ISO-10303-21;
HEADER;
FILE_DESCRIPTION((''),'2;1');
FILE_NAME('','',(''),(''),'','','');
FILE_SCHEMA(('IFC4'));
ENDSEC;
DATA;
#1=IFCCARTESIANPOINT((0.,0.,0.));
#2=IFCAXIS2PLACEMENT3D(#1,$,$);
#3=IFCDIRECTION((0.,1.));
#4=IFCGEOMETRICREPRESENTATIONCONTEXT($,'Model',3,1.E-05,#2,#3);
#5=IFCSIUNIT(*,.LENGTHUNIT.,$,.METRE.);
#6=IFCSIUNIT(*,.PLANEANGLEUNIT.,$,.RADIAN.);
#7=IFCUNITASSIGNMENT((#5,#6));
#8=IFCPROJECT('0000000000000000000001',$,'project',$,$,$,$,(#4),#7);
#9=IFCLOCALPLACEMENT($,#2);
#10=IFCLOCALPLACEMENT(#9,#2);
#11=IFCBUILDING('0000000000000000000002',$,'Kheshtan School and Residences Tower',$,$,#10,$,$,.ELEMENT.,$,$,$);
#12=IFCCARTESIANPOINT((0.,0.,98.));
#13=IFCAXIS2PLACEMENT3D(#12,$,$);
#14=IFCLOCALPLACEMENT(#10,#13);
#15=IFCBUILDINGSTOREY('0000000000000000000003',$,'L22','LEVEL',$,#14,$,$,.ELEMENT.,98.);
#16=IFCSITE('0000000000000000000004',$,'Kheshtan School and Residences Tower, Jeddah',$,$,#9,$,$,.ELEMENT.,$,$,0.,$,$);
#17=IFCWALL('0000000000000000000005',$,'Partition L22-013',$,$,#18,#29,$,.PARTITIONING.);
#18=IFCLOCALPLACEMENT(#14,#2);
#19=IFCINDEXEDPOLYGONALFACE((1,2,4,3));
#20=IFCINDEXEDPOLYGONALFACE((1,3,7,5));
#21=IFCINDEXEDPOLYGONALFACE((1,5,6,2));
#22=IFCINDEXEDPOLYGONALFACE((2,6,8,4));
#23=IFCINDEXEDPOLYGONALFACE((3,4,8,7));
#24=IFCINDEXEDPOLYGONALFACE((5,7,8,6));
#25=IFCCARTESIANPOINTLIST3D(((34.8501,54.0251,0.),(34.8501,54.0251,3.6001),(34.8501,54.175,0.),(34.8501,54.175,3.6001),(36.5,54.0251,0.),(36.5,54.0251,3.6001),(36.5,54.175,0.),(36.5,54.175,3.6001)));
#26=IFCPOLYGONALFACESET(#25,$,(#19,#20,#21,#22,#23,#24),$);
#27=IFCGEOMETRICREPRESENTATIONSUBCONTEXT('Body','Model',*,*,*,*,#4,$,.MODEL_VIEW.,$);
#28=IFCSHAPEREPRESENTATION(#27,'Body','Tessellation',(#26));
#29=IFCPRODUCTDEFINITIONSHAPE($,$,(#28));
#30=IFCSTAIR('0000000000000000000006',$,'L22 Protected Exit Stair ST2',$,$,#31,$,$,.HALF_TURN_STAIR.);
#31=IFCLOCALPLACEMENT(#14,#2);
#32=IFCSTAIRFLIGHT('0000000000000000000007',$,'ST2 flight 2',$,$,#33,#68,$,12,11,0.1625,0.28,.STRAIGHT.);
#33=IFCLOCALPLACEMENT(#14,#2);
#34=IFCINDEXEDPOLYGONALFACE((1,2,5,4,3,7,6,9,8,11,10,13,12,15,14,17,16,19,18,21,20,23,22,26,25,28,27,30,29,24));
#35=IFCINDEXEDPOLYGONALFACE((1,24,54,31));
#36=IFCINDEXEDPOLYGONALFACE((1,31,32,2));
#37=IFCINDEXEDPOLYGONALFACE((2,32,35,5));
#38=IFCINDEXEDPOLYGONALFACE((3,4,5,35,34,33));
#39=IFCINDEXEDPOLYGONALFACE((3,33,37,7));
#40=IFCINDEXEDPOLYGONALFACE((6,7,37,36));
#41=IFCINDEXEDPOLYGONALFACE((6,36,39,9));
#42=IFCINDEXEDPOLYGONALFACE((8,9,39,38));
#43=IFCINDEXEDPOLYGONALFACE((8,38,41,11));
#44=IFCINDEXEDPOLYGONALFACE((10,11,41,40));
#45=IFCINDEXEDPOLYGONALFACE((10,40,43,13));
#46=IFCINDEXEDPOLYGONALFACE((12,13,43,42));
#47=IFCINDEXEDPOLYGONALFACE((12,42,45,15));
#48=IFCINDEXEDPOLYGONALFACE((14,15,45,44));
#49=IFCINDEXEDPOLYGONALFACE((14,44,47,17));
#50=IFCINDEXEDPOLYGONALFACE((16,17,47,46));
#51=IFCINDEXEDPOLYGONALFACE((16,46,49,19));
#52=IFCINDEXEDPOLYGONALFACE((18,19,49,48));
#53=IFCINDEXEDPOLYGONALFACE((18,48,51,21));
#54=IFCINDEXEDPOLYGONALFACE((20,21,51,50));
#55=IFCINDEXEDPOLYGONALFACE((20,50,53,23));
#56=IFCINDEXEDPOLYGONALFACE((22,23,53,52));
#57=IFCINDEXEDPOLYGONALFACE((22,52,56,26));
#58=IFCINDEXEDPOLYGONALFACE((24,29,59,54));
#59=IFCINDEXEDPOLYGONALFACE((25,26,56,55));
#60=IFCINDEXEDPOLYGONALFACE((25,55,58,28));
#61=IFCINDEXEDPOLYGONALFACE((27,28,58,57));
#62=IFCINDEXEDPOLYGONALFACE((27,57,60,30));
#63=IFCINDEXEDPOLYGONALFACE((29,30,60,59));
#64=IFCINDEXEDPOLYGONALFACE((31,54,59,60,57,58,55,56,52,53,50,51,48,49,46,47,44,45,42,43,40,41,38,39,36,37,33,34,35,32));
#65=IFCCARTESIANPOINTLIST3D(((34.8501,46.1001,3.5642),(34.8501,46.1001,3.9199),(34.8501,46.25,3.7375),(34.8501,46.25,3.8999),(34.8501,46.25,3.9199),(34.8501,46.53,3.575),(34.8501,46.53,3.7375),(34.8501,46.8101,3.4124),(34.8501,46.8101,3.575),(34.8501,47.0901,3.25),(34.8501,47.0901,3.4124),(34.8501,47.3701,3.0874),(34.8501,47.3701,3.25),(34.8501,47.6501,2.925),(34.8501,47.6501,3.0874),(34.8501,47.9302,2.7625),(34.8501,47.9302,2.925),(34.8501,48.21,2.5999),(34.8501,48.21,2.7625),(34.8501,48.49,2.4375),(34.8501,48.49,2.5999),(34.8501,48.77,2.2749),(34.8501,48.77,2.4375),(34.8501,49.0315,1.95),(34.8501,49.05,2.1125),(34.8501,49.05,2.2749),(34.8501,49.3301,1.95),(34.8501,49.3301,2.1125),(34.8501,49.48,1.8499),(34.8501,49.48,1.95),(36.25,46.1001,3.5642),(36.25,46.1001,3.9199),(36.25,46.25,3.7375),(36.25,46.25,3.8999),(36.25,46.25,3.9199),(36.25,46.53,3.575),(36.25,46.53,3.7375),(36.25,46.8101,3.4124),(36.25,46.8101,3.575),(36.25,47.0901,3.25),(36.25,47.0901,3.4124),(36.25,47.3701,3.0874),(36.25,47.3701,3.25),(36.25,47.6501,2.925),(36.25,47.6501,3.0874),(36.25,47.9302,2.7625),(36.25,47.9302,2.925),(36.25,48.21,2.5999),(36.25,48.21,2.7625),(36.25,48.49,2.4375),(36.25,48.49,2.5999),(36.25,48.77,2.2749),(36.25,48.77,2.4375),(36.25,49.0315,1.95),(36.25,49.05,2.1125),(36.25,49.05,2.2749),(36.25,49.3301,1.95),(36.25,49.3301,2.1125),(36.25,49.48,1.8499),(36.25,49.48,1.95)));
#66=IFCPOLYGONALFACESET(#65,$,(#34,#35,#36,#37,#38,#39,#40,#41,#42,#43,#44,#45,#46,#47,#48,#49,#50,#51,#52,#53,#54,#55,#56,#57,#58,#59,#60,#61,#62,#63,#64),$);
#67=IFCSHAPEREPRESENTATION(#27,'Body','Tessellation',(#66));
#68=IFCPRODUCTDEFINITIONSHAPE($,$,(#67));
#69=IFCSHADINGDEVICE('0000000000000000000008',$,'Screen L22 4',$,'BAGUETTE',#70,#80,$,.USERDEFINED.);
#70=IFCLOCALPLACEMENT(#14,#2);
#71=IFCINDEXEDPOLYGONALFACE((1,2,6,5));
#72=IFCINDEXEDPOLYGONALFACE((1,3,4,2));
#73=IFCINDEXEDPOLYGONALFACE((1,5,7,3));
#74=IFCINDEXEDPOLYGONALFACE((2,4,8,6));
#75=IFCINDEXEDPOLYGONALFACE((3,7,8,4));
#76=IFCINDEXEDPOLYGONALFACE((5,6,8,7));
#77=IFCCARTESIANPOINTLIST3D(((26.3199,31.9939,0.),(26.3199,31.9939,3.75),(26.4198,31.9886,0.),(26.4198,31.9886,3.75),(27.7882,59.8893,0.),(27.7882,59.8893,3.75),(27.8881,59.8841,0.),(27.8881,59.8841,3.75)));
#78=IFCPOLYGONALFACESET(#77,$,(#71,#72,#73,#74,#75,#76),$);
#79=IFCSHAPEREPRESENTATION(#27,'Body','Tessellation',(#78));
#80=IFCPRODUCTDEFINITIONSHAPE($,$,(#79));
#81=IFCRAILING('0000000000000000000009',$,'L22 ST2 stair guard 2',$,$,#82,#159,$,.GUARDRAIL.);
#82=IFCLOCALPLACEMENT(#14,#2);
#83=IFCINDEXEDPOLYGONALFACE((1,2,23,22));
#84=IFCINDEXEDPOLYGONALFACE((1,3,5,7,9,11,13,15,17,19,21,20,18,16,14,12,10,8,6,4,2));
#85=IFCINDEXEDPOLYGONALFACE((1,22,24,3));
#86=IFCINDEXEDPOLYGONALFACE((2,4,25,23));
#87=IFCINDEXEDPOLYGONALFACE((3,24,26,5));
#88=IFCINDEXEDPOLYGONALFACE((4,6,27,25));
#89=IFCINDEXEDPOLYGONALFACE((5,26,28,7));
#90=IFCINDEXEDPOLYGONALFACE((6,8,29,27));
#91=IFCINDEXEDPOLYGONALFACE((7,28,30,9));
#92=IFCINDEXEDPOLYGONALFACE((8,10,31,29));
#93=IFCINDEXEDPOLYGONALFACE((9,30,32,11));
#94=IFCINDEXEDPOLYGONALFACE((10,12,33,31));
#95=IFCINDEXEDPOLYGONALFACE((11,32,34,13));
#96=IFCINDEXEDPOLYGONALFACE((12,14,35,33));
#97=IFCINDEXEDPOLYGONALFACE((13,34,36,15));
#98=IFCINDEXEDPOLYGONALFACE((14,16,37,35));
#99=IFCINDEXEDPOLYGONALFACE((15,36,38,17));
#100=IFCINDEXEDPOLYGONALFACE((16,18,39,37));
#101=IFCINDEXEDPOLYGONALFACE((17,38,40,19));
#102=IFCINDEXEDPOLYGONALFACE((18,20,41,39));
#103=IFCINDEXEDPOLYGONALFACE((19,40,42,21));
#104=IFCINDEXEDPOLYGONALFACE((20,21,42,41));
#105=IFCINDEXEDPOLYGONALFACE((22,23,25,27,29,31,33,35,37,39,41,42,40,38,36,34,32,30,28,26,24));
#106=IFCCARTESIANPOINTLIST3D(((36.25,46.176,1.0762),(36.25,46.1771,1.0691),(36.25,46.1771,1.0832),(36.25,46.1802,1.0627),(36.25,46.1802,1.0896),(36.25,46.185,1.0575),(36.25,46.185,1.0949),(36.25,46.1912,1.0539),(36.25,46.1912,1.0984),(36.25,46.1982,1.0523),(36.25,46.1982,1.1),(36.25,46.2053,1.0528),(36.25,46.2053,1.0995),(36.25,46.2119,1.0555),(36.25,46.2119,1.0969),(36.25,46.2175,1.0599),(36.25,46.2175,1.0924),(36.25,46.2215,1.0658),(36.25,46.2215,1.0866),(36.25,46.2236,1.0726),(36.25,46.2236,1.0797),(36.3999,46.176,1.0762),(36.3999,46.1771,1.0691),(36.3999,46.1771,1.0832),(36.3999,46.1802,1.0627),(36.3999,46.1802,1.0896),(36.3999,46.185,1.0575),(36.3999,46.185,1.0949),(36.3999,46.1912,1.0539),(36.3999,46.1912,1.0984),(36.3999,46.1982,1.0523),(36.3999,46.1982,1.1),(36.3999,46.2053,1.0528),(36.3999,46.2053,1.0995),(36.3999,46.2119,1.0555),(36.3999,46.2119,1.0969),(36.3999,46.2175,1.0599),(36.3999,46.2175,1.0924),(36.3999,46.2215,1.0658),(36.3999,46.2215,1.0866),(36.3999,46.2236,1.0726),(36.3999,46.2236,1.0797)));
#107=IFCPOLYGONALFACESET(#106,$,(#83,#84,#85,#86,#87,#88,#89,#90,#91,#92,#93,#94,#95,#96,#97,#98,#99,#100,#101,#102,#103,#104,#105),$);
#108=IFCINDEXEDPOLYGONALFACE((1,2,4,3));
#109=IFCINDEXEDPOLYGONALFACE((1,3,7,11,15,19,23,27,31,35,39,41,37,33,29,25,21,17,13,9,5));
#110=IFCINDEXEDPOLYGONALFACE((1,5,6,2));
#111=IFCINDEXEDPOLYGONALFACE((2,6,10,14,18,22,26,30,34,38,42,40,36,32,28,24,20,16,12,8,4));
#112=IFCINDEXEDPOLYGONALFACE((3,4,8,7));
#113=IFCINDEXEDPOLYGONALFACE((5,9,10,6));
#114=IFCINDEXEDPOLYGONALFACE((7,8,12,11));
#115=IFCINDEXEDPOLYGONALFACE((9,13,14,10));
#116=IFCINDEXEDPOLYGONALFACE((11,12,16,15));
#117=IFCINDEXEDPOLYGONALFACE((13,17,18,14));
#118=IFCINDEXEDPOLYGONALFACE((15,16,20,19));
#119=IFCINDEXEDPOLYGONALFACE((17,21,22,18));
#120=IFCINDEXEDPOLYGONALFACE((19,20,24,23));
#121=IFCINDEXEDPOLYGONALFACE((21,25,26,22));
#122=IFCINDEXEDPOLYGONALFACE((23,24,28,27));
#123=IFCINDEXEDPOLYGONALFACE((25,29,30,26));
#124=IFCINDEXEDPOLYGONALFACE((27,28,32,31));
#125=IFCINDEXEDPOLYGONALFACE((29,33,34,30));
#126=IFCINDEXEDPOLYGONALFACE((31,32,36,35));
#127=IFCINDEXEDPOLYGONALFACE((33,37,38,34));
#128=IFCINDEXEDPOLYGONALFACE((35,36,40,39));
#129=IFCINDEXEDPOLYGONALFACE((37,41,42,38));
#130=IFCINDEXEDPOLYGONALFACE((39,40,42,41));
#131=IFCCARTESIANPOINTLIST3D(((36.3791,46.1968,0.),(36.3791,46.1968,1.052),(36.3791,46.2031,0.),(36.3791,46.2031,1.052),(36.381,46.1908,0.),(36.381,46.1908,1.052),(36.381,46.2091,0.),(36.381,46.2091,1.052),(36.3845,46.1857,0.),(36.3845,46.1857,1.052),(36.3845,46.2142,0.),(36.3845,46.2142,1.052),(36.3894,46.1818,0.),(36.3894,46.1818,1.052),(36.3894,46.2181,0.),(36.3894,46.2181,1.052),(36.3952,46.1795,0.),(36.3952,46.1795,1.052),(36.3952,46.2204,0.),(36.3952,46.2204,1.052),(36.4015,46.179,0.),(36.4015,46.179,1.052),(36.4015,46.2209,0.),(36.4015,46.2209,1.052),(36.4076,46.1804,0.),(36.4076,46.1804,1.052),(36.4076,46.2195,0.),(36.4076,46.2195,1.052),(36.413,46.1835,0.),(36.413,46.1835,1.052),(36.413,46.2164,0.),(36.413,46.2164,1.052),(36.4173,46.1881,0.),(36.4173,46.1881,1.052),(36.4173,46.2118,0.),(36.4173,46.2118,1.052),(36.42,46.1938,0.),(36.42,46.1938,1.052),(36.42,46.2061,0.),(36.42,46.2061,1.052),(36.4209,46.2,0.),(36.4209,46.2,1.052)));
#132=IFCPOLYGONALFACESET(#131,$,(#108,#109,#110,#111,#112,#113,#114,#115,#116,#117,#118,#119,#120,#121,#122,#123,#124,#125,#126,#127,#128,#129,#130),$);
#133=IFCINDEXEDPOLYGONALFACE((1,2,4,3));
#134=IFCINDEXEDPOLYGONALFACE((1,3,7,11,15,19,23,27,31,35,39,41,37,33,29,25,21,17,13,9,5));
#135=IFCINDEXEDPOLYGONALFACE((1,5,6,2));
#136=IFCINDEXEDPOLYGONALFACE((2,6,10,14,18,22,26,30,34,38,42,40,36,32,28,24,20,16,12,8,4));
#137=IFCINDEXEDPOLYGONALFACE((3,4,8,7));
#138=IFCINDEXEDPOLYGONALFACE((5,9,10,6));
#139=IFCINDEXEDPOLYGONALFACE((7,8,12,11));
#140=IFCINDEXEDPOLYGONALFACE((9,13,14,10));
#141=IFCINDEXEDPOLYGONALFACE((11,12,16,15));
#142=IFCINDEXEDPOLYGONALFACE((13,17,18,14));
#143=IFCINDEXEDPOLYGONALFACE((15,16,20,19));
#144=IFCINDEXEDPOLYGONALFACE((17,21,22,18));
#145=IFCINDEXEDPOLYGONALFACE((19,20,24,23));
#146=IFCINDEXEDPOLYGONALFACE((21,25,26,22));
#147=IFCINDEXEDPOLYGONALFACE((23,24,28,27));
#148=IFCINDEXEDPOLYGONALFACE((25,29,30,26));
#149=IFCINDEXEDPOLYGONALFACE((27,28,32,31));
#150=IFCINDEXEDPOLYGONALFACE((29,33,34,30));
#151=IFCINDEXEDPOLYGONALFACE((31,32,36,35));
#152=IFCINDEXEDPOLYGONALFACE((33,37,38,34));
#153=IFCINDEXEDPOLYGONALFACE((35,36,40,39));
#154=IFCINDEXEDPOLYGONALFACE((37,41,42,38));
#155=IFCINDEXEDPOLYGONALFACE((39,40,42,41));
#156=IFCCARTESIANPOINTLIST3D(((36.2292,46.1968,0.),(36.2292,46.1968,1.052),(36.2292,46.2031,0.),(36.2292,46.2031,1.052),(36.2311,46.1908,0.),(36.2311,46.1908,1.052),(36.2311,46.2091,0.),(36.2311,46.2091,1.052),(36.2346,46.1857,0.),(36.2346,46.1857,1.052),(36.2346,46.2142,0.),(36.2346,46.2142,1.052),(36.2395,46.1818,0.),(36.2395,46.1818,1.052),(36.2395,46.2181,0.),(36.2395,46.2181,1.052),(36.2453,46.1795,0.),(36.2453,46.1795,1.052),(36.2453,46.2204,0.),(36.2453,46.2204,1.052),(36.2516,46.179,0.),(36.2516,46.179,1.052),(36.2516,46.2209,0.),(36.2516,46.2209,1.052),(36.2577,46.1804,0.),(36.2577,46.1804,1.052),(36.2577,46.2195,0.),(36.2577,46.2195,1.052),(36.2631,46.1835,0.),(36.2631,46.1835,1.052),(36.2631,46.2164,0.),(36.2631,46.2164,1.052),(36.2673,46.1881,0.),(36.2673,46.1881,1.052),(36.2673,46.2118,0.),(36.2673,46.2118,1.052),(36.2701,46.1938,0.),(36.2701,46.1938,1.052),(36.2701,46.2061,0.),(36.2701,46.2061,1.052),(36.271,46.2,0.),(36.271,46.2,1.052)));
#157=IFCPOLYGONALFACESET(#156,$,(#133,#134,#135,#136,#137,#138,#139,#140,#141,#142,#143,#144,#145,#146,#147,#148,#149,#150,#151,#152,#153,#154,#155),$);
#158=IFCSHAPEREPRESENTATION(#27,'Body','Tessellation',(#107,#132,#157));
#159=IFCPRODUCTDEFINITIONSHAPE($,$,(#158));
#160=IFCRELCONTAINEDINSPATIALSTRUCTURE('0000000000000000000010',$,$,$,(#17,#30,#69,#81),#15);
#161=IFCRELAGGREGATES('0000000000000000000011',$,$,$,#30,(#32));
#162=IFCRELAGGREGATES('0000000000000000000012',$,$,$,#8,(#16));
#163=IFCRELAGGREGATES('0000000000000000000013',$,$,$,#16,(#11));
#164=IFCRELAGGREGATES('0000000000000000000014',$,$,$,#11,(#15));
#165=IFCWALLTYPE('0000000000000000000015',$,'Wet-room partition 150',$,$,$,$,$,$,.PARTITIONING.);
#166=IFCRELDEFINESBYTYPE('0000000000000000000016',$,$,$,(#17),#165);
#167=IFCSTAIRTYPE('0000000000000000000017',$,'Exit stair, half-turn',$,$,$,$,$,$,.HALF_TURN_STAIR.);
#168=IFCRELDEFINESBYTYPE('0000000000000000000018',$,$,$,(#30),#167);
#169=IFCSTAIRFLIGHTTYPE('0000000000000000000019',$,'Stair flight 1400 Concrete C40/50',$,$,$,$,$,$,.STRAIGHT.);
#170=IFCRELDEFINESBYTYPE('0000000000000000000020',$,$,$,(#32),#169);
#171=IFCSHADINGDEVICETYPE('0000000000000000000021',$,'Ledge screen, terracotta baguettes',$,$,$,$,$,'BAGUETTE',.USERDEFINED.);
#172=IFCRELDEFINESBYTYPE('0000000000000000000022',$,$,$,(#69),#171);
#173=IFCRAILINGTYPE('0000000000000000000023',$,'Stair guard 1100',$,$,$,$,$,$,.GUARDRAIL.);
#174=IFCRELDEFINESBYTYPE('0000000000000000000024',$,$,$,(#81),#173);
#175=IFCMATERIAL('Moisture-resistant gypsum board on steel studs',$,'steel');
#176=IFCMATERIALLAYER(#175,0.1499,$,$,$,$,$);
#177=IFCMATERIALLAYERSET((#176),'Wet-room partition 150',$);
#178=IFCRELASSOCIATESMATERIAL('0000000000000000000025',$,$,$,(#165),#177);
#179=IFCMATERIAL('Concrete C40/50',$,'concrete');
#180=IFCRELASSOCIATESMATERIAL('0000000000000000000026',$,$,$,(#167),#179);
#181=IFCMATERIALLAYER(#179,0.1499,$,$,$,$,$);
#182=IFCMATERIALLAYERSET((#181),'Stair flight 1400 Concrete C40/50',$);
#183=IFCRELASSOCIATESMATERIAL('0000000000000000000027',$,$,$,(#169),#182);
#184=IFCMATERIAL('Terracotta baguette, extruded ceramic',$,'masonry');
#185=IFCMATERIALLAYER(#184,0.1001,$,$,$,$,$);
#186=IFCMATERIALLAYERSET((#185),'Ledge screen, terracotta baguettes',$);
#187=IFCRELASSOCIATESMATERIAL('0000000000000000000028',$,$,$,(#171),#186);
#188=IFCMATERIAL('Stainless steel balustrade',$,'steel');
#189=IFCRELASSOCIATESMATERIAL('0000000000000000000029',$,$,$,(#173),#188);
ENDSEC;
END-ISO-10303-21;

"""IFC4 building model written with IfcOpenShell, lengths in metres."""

from ifc_helpers import new_model, si_unit, direction, frame, frame_2d, origin, origin_2d, place, context, subcontext, project, spatial, polyline, rectangle, circle, outline, extrude, material, layer, layer_set, type_object, element, aggregate, save


model = new_model("IFC4")

# Units and contexts
model_context = context("Model", 3, precision=1e-05, world=origin(), true_north=direction((0.0, 1.0)))
body_context = subcontext(model_context, "Body", "Model", "MODEL_VIEW")
ifc_project = project(units=[si_unit("LENGTHUNIT", "METRE"), si_unit("PLANEANGLEUNIT", "RADIAN")], contexts=[model_context])

# Site, building, storey
site_placement = place(None, origin())
site = spatial("IfcSite", under=ifc_project, at=site_placement, Name="Kheshtan School and Residences Tower, Jeddah", CompositionType="ELEMENT", RefElevation=0.0)
building_placement = place(site_placement, origin())
building = spatial("IfcBuilding", under=site, at=building_placement, Name="Kheshtan School and Residences Tower", CompositionType="ELEMENT")
storey_placement = place(building_placement, frame((0.0, 0.0, 98.0)))
storey = spatial("IfcBuildingStorey", under=building, at=storey_placement, Name="L22", Description="LEVEL", CompositionType="ELEMENT", Elevation=98.0)

# Wall
ifc_material_1 = material(Name="Concrete C40/50", Category="concrete")
ifc_material_2 = material(Name="Moisture-resistant gypsum board on steel studs", Category="steel")
ifc_layer_1 = layer(ifc_material_2, 0.1499)
ifc_layer_set_1 = layer_set([ifc_layer_1], Name="Wet-room partition 150")
wall_type_1 = type_object("IfcWallType", Name="Wet-room partition 150", PredefinedType="PARTITIONING", material=ifc_layer_set_1)
wall_1_placement = place(storey_placement, frame((34.8501, 54.1001, 0.0), z_axis=(0.0, 0.0, 1.0), x_axis=(1.0, 0.0, 0.0)))
element("IfcWall", 1, at=wall_1_placement, inside=storey, type_object=wall_type_1, Name="Partition L22-013", PredefinedType="PARTITIONING", context=body_context, shape_type="SweptSolid", body=[
    extrude(rectangle(XDim=1.6499, YDim=0.1499, at=frame_2d((0.825, 0.0))), origin(), (0.0, 0.0, 1.0), 3.6001),
])

# Stair, stair flight
stair_type = type_object("IfcStairType", Name="Exit stair, half-turn", PredefinedType="HALF_TURN_STAIR", material=ifc_material_1)
stair_placement = place(storey_placement, origin())
stair = element("IfcStair", 2, at=stair_placement, inside=storey, type_object=stair_type, Name="L22 Protected Exit Stair ST2", PredefinedType="HALF_TURN_STAIR")
ifc_layer_2 = layer(ifc_material_1, 0.1499)
ifc_layer_set_2 = layer_set([ifc_layer_2], Name="Stair flight 1400 Concrete C40/50")
stair_flight_type = type_object("IfcStairFlightType", Name="Stair flight 1400 Concrete C40/50", PredefinedType="STRAIGHT", material=ifc_layer_set_2)
stair_flight_placement = place(storey_placement, frame((35.55, 49.3301, 1.95), z_axis=(0.0, 0.0, 1.0), x_axis=(0.0, -1.0, 0.0)))
stair_flight = element("IfcStairFlight", 3, at=stair_flight_placement, type_object=stair_flight_type, Name="ST2 flight 2", NumberOfRisers=12, NumberOfTreads=11, PredefinedType="STRAIGHT", RiserHeight=0.1625, TreadLength=0.28, context=body_context, shape_type="SweptSolid", body=[
    extrude(outline(polyline([(-0.1499, -0.1001), (-0.1499, 0.0), (0.0, 0.0), (0.0, 0.1626), (0.28, 0.1626), (0.28, 0.325), (0.5601, 0.325), (0.5601, 0.4875), (0.8401, 0.4875), (0.8401, 0.6499), (1.1201, 0.6499), (1.1201, 0.8125), (1.3999, 0.8125), (1.3999, 0.9751), (1.6799, 0.9751), (1.6799, 1.1375), (1.96, 1.1375), (1.96, 1.3), (2.24, 1.3), (2.24, 1.4624), (2.52, 1.4624), (2.52, 1.625), (2.8, 1.625), (2.8, 1.7876), (3.0801, 1.7876), (3.0801, 1.95), (3.0801, 1.97), (3.23, 1.97), (3.23, 1.6143), (0.2986, 0.0), (-0.1499, -0.1001)])), frame((0.0, 0.7, 0.0), z_axis=(0.0, -1.0, 0.0), x_axis=(1.0, 0.0, 0.0)), (0.0, 0.0, 1.0), 1.3999),
])
aggregate(stair, [stair_flight])

# Shading device
ifc_material_3 = material(Name="Terracotta baguette, extruded ceramic", Category="masonry")
ifc_layer_3 = layer(ifc_material_3, 0.1001)
ifc_layer_set_3 = layer_set([ifc_layer_3], Name="Ledge screen, terracotta baguettes")
shading_device_type = type_object("IfcShadingDeviceType", Name="Ledge screen, terracotta baguettes", ElementType="BAGUETTE", PredefinedType="USERDEFINED", material=ifc_layer_set_3)
shading_device_placement = place(storey_placement, frame((27.104, 45.939, 0.0), z_axis=(0.0, 0.0, 1.0), x_axis=(0.052563, 0.998618, 0.0)))
element("IfcShadingDevice", 4, at=shading_device_placement, inside=storey, type_object=shading_device_type, Name="Screen L22 4", ObjectType="BAGUETTE", PredefinedType="USERDEFINED", context=body_context, shape_type="SweptSolid", body=[
    extrude(rectangle(XDim=27.9341, YDim=0.1001, at=origin_2d()), origin(), (0.0, 0.0, 1.0), 3.75),
])

# Railing
ifc_material_4 = material(Name="Stainless steel balustrade", Category="steel")
railing_type_1 = type_object("IfcRailingType", Name="Stair guard 1100", PredefinedType="GUARDRAIL", material=ifc_material_4)
railing_1_placement = place(storey_placement, frame((36.3999, 46.2, 0.0)))
element("IfcRailing", 5, at=railing_1_placement, inside=storey, type_object=railing_type_1, Name="L22 ST2 stair guard 2", PredefinedType="GUARDRAIL", context=body_context, shape_type="SweptSolid", body=[
    extrude(circle(Radius=0.0239, at=origin_2d()), frame((0.0, 0.0, 1.0762), z_axis=(-1.0, 0.0, 0.0), x_axis=(0.0, -1.0, 0.0)), (0.0, 0.0, 1.0), 0.1499),
    extrude(circle(Radius=0.021, at=origin_2d()), origin(), (0.0, 0.0, 1.0), 1.052),
    extrude(circle(Radius=0.021, at=origin_2d()), frame((-0.1499, 0.0, 0.0)), (0.0, 0.0, 1.0), 1.052),
])

save(model, "model.ifc")
